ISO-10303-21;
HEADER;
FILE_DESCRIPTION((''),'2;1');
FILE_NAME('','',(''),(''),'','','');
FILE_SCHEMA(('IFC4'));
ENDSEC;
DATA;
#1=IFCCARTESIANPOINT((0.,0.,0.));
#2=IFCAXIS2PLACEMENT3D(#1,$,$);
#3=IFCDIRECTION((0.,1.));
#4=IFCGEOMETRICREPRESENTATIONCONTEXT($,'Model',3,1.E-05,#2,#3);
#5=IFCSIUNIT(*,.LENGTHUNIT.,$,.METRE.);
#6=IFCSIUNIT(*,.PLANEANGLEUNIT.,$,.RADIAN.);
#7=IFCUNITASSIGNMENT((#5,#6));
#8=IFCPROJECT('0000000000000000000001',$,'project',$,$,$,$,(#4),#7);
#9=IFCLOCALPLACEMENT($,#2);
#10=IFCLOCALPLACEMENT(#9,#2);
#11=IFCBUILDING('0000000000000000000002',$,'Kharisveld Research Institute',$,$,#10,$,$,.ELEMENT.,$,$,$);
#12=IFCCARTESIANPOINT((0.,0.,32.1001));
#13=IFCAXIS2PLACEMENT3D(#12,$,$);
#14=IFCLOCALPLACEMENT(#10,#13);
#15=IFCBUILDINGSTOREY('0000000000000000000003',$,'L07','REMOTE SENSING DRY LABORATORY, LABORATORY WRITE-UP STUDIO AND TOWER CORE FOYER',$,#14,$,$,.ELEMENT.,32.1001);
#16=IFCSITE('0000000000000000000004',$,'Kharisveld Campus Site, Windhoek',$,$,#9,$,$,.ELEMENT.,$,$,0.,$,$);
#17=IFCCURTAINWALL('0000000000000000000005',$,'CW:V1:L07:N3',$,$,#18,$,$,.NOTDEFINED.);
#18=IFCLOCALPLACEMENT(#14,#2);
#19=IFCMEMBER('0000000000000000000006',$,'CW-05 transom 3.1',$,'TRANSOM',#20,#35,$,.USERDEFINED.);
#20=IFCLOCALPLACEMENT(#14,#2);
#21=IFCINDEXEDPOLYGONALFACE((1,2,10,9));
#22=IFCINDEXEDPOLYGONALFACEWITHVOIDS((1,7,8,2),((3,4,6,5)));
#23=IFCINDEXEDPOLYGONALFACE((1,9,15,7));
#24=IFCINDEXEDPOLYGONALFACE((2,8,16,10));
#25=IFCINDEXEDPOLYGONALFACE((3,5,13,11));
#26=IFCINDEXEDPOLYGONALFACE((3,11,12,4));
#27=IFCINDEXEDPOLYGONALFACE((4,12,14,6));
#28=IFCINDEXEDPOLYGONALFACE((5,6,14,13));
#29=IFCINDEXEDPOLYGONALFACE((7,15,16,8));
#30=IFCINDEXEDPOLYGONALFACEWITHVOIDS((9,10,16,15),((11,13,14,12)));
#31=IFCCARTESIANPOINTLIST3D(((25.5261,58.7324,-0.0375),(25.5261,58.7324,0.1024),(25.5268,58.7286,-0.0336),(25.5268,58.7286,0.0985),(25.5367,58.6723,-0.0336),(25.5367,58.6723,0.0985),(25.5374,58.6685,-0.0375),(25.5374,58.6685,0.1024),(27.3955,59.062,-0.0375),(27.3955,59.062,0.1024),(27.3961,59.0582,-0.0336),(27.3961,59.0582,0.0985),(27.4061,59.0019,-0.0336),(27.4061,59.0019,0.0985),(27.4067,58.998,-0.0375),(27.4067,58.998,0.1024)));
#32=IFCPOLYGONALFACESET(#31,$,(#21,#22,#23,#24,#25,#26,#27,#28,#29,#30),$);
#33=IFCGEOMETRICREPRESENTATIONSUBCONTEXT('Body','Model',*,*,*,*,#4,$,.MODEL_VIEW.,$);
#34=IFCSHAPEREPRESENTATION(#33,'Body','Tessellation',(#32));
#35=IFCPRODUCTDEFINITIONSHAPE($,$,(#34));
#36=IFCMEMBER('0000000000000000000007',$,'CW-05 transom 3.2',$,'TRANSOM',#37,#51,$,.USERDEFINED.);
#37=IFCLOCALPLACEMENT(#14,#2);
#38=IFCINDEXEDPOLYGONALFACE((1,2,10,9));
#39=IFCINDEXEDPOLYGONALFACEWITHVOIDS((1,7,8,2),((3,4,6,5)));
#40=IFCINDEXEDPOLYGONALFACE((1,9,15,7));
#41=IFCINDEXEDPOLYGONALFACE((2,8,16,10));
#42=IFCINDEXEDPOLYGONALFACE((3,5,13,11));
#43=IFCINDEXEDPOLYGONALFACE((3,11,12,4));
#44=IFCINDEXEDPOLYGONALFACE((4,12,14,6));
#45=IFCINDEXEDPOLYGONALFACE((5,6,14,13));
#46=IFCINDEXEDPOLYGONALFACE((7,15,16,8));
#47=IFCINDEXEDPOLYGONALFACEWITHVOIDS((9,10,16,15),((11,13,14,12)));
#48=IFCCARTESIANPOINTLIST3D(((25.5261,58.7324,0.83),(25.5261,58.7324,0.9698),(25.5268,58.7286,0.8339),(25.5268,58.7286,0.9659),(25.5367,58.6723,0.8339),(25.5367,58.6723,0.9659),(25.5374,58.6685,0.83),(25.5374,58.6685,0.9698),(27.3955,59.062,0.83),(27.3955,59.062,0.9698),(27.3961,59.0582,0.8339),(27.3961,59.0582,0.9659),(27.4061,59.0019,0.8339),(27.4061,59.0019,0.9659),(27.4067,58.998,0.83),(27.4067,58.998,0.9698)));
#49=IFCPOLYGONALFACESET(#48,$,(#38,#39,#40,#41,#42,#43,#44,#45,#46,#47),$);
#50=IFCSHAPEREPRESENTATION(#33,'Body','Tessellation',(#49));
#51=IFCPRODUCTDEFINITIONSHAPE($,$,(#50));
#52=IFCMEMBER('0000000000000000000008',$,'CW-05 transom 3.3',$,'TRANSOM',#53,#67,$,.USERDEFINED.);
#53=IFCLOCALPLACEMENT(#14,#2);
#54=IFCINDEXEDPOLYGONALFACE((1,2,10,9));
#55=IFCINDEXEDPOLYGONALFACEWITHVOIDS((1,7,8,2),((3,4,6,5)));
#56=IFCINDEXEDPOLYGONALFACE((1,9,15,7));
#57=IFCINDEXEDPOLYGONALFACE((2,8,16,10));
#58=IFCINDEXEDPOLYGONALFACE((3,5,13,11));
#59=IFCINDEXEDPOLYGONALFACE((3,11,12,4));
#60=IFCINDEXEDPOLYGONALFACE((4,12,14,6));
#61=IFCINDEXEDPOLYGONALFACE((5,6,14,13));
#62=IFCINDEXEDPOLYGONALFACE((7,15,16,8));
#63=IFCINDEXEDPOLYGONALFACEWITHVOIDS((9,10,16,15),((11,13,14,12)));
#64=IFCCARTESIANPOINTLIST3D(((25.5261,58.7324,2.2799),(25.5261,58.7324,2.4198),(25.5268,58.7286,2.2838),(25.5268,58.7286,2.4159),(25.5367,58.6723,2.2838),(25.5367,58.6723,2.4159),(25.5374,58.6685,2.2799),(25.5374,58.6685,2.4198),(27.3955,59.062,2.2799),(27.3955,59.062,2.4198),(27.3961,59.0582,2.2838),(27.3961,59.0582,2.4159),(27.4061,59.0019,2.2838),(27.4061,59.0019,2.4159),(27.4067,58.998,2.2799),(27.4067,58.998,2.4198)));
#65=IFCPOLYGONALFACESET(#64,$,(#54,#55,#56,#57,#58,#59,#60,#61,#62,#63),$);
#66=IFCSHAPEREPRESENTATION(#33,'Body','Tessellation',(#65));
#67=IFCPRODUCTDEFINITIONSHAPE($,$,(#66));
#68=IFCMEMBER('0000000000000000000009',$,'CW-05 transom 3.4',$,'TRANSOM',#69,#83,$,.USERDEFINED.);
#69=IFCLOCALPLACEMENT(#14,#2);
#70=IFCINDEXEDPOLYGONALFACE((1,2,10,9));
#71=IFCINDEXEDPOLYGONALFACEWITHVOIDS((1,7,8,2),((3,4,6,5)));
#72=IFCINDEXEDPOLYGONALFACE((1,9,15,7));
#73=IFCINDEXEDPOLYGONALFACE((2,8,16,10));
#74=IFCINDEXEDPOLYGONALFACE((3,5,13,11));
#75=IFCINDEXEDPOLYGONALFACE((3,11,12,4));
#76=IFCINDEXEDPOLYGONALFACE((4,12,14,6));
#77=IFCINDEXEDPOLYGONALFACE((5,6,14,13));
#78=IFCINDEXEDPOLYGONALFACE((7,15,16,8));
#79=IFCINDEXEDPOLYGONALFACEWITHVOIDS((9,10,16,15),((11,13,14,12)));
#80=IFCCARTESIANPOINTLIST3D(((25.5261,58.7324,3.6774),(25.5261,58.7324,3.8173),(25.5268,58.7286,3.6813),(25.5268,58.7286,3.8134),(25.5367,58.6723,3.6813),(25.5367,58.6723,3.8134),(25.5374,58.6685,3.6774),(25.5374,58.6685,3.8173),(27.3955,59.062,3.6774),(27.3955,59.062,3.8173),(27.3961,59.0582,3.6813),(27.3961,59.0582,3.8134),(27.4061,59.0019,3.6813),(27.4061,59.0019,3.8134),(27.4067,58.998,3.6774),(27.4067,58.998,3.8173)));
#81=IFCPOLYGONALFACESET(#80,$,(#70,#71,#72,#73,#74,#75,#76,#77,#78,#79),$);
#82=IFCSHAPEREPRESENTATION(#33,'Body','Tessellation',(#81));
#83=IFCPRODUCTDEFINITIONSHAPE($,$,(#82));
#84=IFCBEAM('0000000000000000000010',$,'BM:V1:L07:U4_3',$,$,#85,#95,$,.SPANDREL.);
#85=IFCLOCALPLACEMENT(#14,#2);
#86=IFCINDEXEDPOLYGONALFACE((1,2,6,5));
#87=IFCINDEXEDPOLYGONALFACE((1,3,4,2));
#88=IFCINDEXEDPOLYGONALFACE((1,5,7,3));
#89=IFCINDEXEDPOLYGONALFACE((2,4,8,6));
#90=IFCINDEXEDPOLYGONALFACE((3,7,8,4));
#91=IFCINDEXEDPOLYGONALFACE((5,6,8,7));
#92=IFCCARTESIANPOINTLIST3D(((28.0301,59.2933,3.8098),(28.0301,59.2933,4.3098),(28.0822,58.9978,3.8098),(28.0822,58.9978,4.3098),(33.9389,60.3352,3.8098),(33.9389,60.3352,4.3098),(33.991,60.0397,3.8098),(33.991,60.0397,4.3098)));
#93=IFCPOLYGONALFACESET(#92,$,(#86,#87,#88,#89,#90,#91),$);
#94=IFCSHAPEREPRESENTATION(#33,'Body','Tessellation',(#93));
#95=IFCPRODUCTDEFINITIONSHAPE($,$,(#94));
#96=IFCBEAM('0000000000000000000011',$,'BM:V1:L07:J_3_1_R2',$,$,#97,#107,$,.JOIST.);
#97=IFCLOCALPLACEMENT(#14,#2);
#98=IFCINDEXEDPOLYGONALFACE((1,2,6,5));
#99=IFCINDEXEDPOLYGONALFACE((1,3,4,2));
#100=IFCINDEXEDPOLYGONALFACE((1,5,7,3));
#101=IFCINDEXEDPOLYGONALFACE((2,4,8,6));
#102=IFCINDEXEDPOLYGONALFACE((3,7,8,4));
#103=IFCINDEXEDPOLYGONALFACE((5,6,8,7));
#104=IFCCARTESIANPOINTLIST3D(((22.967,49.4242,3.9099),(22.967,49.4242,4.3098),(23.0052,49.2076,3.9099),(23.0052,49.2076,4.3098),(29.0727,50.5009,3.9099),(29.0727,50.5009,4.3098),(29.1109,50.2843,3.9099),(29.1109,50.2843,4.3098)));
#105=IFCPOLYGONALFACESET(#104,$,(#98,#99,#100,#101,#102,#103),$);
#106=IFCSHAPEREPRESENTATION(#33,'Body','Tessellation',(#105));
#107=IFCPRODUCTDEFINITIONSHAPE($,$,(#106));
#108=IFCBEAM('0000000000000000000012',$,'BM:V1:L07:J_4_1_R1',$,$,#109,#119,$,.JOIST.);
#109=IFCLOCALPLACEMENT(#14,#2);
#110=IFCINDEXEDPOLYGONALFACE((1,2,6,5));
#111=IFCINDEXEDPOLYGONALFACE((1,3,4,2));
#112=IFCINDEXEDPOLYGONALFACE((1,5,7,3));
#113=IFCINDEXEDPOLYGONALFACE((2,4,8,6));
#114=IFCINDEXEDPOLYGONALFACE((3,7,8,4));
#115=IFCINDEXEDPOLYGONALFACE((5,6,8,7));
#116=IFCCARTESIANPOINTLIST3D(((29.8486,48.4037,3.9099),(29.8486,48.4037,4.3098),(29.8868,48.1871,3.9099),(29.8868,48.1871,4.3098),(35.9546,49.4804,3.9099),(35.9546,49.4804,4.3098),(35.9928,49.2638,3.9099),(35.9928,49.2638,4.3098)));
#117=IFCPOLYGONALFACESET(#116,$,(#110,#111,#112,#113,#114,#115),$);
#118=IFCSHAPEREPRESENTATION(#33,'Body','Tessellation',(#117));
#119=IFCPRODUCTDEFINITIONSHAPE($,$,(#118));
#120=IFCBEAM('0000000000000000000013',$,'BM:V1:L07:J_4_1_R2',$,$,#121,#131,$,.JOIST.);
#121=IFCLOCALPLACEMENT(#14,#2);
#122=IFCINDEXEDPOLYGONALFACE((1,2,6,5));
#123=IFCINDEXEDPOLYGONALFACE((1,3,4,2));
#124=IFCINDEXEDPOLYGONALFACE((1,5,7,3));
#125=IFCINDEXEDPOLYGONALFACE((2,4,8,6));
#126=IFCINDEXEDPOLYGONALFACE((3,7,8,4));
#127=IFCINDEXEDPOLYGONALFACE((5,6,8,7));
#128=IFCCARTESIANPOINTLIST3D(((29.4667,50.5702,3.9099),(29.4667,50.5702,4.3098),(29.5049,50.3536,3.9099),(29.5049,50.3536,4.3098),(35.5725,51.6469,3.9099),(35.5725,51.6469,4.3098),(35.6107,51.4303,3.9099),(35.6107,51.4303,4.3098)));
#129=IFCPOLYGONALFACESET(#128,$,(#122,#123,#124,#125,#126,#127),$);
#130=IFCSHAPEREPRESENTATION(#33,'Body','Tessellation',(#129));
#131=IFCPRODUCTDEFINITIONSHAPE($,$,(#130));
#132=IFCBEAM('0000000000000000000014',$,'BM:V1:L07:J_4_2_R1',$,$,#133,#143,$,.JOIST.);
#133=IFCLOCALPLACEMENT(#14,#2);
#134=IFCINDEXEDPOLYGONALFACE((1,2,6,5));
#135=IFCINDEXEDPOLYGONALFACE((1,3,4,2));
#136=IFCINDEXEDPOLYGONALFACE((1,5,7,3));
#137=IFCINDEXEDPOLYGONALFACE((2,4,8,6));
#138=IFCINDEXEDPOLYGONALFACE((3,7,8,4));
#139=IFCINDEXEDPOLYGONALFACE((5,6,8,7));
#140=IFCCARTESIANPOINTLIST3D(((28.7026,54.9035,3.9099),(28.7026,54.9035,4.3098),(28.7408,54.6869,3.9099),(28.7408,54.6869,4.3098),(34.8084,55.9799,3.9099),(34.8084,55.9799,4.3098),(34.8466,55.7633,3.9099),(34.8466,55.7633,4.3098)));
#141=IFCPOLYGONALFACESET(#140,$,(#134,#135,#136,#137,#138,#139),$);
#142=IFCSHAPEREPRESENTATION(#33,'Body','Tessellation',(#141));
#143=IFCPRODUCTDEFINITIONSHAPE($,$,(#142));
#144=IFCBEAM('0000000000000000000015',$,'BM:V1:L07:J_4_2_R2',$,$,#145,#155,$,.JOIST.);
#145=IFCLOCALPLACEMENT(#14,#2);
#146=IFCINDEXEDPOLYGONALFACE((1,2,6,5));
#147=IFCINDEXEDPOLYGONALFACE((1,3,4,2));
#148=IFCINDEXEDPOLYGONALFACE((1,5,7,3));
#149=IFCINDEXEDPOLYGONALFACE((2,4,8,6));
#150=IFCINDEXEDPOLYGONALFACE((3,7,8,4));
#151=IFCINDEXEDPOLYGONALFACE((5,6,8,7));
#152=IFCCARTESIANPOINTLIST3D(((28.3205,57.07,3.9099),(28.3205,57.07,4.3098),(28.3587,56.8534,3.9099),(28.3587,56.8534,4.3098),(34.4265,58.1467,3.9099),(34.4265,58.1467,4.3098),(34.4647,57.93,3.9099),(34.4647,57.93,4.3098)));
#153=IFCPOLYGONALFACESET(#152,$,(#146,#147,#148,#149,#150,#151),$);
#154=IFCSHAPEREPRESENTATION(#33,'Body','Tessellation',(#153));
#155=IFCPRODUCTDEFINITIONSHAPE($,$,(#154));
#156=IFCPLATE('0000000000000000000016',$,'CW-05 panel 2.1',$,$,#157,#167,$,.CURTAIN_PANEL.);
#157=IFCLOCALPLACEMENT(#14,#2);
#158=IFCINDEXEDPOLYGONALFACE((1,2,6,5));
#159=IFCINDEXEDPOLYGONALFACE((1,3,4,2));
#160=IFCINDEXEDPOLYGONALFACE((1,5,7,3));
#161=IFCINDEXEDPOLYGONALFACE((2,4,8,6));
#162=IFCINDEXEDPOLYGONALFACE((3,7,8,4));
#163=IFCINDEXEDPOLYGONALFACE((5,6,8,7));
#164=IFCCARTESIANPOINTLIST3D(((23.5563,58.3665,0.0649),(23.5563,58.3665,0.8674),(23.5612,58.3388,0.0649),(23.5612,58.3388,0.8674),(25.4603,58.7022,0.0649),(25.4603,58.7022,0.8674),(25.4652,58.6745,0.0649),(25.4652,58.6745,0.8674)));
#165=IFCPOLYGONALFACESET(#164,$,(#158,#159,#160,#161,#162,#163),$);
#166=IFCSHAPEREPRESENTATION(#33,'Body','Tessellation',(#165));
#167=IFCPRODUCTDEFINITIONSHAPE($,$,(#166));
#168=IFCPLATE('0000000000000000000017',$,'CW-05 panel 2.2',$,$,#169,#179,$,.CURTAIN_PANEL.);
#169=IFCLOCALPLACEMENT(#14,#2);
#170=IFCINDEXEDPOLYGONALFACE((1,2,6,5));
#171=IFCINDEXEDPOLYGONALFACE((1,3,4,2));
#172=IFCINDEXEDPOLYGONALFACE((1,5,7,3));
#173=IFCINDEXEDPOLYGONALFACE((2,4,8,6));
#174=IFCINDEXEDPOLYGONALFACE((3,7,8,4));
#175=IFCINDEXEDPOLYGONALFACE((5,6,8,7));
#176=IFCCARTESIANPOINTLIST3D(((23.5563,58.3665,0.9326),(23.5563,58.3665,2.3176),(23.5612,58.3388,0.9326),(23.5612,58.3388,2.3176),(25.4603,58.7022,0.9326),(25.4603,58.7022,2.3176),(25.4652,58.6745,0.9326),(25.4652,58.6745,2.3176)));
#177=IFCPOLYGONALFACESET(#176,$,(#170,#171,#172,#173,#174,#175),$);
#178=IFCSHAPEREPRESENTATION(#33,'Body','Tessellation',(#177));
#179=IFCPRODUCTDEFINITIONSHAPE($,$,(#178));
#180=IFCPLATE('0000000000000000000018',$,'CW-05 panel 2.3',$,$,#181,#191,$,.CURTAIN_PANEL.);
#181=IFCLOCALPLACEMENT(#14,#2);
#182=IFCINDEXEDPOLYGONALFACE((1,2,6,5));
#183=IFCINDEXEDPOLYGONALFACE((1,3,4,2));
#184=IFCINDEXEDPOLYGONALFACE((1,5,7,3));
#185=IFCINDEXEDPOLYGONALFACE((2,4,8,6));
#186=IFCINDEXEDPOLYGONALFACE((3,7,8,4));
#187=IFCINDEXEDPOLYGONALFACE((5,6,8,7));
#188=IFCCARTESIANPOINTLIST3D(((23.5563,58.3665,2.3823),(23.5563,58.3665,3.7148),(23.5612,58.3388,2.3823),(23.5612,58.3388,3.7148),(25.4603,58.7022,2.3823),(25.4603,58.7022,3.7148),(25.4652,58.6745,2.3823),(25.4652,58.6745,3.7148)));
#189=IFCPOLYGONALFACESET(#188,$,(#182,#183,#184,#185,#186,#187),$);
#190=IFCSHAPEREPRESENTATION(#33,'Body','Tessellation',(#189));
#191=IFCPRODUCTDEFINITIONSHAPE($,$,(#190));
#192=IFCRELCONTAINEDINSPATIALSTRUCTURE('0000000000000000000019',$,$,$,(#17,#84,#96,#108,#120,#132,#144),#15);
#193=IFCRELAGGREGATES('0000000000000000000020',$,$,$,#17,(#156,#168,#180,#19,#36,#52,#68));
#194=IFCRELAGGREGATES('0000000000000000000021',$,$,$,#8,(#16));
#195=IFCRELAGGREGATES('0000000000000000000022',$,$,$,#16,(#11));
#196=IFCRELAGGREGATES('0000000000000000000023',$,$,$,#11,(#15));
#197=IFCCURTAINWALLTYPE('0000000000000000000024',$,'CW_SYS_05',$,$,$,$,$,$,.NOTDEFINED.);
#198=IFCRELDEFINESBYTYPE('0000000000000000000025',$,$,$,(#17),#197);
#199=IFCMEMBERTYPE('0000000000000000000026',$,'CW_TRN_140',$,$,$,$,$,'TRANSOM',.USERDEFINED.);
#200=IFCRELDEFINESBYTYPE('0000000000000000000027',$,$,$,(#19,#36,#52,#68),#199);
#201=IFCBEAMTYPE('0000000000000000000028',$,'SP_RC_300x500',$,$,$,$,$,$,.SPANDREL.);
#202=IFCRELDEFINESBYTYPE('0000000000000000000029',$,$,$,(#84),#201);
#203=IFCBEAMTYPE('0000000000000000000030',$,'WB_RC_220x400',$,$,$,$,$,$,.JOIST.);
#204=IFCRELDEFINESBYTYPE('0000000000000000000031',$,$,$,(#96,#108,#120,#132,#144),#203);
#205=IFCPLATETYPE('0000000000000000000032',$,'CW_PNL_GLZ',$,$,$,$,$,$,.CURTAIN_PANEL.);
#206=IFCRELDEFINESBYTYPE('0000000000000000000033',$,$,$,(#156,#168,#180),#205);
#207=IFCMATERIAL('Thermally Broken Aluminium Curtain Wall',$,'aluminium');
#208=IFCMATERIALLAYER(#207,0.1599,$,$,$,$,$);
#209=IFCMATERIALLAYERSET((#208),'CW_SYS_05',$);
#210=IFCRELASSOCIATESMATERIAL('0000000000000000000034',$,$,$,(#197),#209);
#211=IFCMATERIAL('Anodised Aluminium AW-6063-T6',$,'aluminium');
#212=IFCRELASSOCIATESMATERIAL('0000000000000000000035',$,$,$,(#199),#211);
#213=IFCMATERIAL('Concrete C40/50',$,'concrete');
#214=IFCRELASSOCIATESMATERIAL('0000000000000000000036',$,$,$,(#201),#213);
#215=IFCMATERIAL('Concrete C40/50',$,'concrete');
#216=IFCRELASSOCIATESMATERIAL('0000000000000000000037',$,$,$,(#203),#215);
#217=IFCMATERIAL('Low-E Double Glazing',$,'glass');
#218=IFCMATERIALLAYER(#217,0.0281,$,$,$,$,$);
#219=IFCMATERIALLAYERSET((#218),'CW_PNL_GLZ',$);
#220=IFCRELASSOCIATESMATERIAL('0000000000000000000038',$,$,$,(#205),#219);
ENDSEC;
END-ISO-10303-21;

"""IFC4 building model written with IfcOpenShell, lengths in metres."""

from ifc_helpers import new_model, si_unit, direction, frame, origin, origin_2d, place, context, subcontext, project, spatial, rectangle, hollow_rectangle, extrude, material, layer, layer_set, material_profile, profile_set, type_object, element, aggregate, save


model = new_model("IFC4")

# Units and contexts
model_context = context("Model", 3, precision=1e-05, world=origin(), true_north=direction((0.0, 1.0)))
body_context = subcontext(model_context, "Body", "Model", "MODEL_VIEW")
ifc_project = project(units=[si_unit("LENGTHUNIT", "METRE"), si_unit("PLANEANGLEUNIT", "RADIAN")], contexts=[model_context])

# Site, building, storey
site_placement = place(None, origin())
site = spatial("IfcSite", under=ifc_project, at=site_placement, Name="Kharisveld Campus Site, Windhoek", CompositionType="ELEMENT", RefElevation=0.0)
building_placement = place(site_placement, origin())
building = spatial("IfcBuilding", under=site, at=building_placement, Name="Kharisveld Research Institute", CompositionType="ELEMENT")
storey_placement = place(building_placement, frame((0.0, 0.0, 32.1001)))
storey = spatial("IfcBuildingStorey", under=building, at=storey_placement, Name="L07", Description="REMOTE SENSING DRY LABORATORY, LABORATORY WRITE-UP STUDIO AND TOWER CORE FOYER", CompositionType="ELEMENT", Elevation=32.1001)

# Curtain wall, members
ifc_material_1 = material(Name="Thermally Broken Aluminium Curtain Wall", Category="aluminium")
ifc_layer_1 = layer(ifc_material_1, 0.1599)
ifc_layer_set_1 = layer_set([ifc_layer_1], Name="CW_SYS_05")
curtain_wall_type = type_object("IfcCurtainWallType", Name="CW_SYS_05", PredefinedType="NOTDEFINED", material=ifc_layer_set_1)
curtain_wall_placement = place(storey_placement, origin())
curtain_wall = element("IfcCurtainWall", 1, at=curtain_wall_placement, inside=storey, type_object=curtain_wall_type, Name="CW:V1:L07:N3", PredefinedType="NOTDEFINED")
ifc_material_2 = material(Name="Anodised Aluminium AW-6063-T6", Category="aluminium")
ifc_material_profile_1 = material_profile(ifc_material_2, hollow_rectangle(XDim=0.0649, YDim=0.1399, WallThickness=0.0039, at=origin_2d()))
ifc_profile_set_1 = profile_set([ifc_material_profile_1], Name="Anodised Aluminium AW-6063-T6")
member_type_1 = type_object("IfcMemberType", Name="CW_TRN_140", ElementType="TRANSOM", PredefinedType="USERDEFINED", material=ifc_profile_set_1)
member_1_placement = place(storey_placement, frame((25.5317, 58.7004, 0.0325), z_axis=(0.984811, 0.173631, 0.0), x_axis=(-0.173631, 0.984811, 0.0)))
member_1 = element("IfcMember", 2, at=member_1_placement, type_object=member_type_1, Name="CW-05 transom 3.1", ObjectType="TRANSOM", PredefinedType="USERDEFINED", context=body_context, shape_type="SweptSolid", body=[
    extrude(hollow_rectangle(XDim=0.0649, YDim=0.1399, WallThickness=0.0039, at=origin_2d()), origin(), (0.0, 0.0, 1.0), 1.8982),
])
member_2_placement = place(storey_placement, frame((25.5317, 58.7004, 0.8999), z_axis=(0.984811, 0.173631, 0.0), x_axis=(-0.173631, 0.984811, 0.0)))
member_2 = element("IfcMember", 3, at=member_2_placement, type_object=member_type_1, Name="CW-05 transom 3.2", ObjectType="TRANSOM", PredefinedType="USERDEFINED", context=body_context, shape_type="SweptSolid", body=[
    extrude(hollow_rectangle(XDim=0.0649, YDim=0.1399, WallThickness=0.0039, at=origin_2d()), origin(), (0.0, 0.0, 1.0), 1.8982),
])
member_3_placement = place(storey_placement, frame((25.5317, 58.7004, 2.3499), z_axis=(0.984811, 0.173631, 0.0), x_axis=(-0.173631, 0.984811, 0.0)))
member_3 = element("IfcMember", 4, at=member_3_placement, type_object=member_type_1, Name="CW-05 transom 3.3", ObjectType="TRANSOM", PredefinedType="USERDEFINED", context=body_context, shape_type="SweptSolid", body=[
    extrude(hollow_rectangle(XDim=0.0649, YDim=0.1399, WallThickness=0.0039, at=origin_2d()), origin(), (0.0, 0.0, 1.0), 1.8982),
])
member_4_placement = place(storey_placement, frame((25.5317, 58.7004, 3.7473), z_axis=(0.984811, 0.173631, 0.0), x_axis=(-0.173631, 0.984811, 0.0)))
member_4 = element("IfcMember", 5, at=member_4_placement, type_object=member_type_1, Name="CW-05 transom 3.4", ObjectType="TRANSOM", PredefinedType="USERDEFINED", context=body_context, shape_type="SweptSolid", body=[
    extrude(hollow_rectangle(XDim=0.0649, YDim=0.1399, WallThickness=0.0039, at=origin_2d()), origin(), (0.0, 0.0, 1.0), 1.8982),
])

# Beams
ifc_material_3 = material(Name="Concrete C40/50", Category="concrete")
ifc_material_profile_2 = material_profile(ifc_material_3, rectangle(XDim=0.3, YDim=0.5, at=origin_2d()))
ifc_profile_set_2 = profile_set([ifc_material_profile_2], Name="Concrete C40/50")
beam_type_1 = type_object("IfcBeamType", Name="SP_RC_300x500", PredefinedType="SPANDREL", material=ifc_profile_set_2)
beam_1_placement = place(storey_placement, frame((28.0562, 59.1455, 4.0598), z_axis=(0.984805, 0.173662, 0.0), x_axis=(-0.173662, 0.984805, 0.0)))
element("IfcBeam", 6, at=beam_1_placement, inside=storey, type_object=beam_type_1, Name="BM:V1:L07:U4_3", PredefinedType="SPANDREL", context=body_context, shape_type="SweptSolid", body=[
    extrude(rectangle(XDim=0.3, YDim=0.5, at=origin_2d()), origin(), (0.0, 0.0, 1.0), 6.0),
])
ifc_material_4 = material(Name="Concrete C40/50", Category="concrete")
ifc_material_profile_3 = material_profile(ifc_material_4, rectangle(XDim=0.22, YDim=0.3999, at=origin_2d()))
ifc_profile_set_3 = profile_set([ifc_material_profile_3], Name="Concrete C40/50")
beam_type_2 = type_object("IfcBeamType", Name="WB_RC_220x400", PredefinedType="JOIST", material=ifc_profile_set_3)
beam_2_placement = place(storey_placement, frame((22.9861, 49.3159, 4.1099), z_axis=(0.984806, 0.173657, 0.0), x_axis=(-0.173657, 0.984806, 0.0)))
element("IfcBeam", 7, at=beam_2_placement, inside=storey, type_object=beam_type_2, Name="BM:V1:L07:J_3_1_R2", PredefinedType="JOIST", context=body_context, shape_type="SweptSolid", body=[
    extrude(rectangle(XDim=0.22, YDim=0.3999, at=origin_2d()), origin(), (0.0, 0.0, 1.0), 6.2),
])
beam_3_placement = place(storey_placement, frame((29.8677, 48.2954, 4.1099), z_axis=(0.984807, 0.173651, 0.0), x_axis=(-0.173651, 0.984807, 0.0)))
element("IfcBeam", 8, at=beam_3_placement, inside=storey, type_object=beam_type_2, Name="BM:V1:L07:J_4_1_R1", PredefinedType="JOIST", context=body_context, shape_type="SweptSolid", body=[
    extrude(rectangle(XDim=0.22, YDim=0.3999, at=origin_2d()), origin(), (0.0, 0.0, 1.0), 6.2002),
])
for number, where, z_axis, x_axis, name in (
    (9, (29.4858, 50.4619, 4.1099), (0.984806, 0.173657, 0.0), (-0.173657, 0.984806, 0.0), "BM:V1:L07:J_4_1_R2"),
    (10, (28.7217, 54.7952, 4.1099), (0.984813, 0.173619, 0.0), (-0.173619, 0.984813, 0.0), "BM:V1:L07:J_4_2_R1"),
):
    element("IfcBeam", number, at=place(storey_placement, frame(where, z_axis=z_axis, x_axis=x_axis)), inside=storey, type_object=beam_type_2, Name=name, PredefinedType="JOIST", context=body_context, shape_type="SweptSolid", body=[
        extrude(rectangle(XDim=0.22, YDim=0.3999, at=origin_2d()), origin(), (0.0, 0.0, 1.0), 6.2),
    ])
beam_4_placement = place(storey_placement, frame((28.3396, 56.9617, 4.1099), z_axis=(0.984807, 0.173651, 0.0), x_axis=(-0.173651, 0.984807, 0.0)))
element("IfcBeam", 11, at=beam_4_placement, inside=storey, type_object=beam_type_2, Name="BM:V1:L07:J_4_2_R2", PredefinedType="JOIST", context=body_context, shape_type="SweptSolid", body=[
    extrude(rectangle(XDim=0.22, YDim=0.3999, at=origin_2d()), origin(), (0.0, 0.0, 1.0), 6.2002),
])

# Plates
ifc_material_5 = material(Name="Low-E Double Glazing", Category="glass")
ifc_layer_2 = layer(ifc_material_5, 0.0281)
ifc_layer_set_2 = layer_set([ifc_layer_2], Name="CW_PNL_GLZ")
plate_type = type_object("IfcPlateType", Name="CW_PNL_GLZ", PredefinedType="CURTAIN_PANEL", material=ifc_layer_set_2)
plate_1_placement = place(storey_placement, frame((24.5107, 58.5205, 0.0649), z_axis=(0.0, 0.0, 1.0), x_axis=(0.984808, 0.173648, 0.0)))
plate_1 = element("IfcPlate", 12, at=plate_1_placement, type_object=plate_type, Name="CW-05 panel 2.1", PredefinedType="CURTAIN_PANEL", context=body_context, shape_type="SweptSolid", body=[
    extrude(rectangle(XDim=1.9333, YDim=0.0281, at=origin_2d()), origin(), (0.0, 0.0, 1.0), 0.8025),
])
plate_2_placement = place(storey_placement, frame((24.5107, 58.5205, 0.9326), z_axis=(0.0, 0.0, 1.0), x_axis=(0.984808, 0.173648, 0.0)))
plate_2 = element("IfcPlate", 13, at=plate_2_placement, type_object=plate_type, Name="CW-05 panel 2.2", PredefinedType="CURTAIN_PANEL", context=body_context, shape_type="SweptSolid", body=[
    extrude(rectangle(XDim=1.9333, YDim=0.0281, at=origin_2d()), origin(), (0.0, 0.0, 1.0), 1.385),
])
plate_3_placement = place(storey_placement, frame((24.5107, 58.5205, 2.3823), z_axis=(0.0, 0.0, 1.0), x_axis=(0.984808, 0.173648, 0.0)))
plate_3 = element("IfcPlate", 14, at=plate_3_placement, type_object=plate_type, Name="CW-05 panel 2.3", PredefinedType="CURTAIN_PANEL", context=body_context, shape_type="SweptSolid", body=[
    extrude(rectangle(XDim=1.9333, YDim=0.0281, at=origin_2d()), origin(), (0.0, 0.0, 1.0), 1.3325),
])
aggregate(curtain_wall, [plate_1, plate_2, plate_3, member_1, member_2, member_3, member_4])

save(model, "model.ifc")
